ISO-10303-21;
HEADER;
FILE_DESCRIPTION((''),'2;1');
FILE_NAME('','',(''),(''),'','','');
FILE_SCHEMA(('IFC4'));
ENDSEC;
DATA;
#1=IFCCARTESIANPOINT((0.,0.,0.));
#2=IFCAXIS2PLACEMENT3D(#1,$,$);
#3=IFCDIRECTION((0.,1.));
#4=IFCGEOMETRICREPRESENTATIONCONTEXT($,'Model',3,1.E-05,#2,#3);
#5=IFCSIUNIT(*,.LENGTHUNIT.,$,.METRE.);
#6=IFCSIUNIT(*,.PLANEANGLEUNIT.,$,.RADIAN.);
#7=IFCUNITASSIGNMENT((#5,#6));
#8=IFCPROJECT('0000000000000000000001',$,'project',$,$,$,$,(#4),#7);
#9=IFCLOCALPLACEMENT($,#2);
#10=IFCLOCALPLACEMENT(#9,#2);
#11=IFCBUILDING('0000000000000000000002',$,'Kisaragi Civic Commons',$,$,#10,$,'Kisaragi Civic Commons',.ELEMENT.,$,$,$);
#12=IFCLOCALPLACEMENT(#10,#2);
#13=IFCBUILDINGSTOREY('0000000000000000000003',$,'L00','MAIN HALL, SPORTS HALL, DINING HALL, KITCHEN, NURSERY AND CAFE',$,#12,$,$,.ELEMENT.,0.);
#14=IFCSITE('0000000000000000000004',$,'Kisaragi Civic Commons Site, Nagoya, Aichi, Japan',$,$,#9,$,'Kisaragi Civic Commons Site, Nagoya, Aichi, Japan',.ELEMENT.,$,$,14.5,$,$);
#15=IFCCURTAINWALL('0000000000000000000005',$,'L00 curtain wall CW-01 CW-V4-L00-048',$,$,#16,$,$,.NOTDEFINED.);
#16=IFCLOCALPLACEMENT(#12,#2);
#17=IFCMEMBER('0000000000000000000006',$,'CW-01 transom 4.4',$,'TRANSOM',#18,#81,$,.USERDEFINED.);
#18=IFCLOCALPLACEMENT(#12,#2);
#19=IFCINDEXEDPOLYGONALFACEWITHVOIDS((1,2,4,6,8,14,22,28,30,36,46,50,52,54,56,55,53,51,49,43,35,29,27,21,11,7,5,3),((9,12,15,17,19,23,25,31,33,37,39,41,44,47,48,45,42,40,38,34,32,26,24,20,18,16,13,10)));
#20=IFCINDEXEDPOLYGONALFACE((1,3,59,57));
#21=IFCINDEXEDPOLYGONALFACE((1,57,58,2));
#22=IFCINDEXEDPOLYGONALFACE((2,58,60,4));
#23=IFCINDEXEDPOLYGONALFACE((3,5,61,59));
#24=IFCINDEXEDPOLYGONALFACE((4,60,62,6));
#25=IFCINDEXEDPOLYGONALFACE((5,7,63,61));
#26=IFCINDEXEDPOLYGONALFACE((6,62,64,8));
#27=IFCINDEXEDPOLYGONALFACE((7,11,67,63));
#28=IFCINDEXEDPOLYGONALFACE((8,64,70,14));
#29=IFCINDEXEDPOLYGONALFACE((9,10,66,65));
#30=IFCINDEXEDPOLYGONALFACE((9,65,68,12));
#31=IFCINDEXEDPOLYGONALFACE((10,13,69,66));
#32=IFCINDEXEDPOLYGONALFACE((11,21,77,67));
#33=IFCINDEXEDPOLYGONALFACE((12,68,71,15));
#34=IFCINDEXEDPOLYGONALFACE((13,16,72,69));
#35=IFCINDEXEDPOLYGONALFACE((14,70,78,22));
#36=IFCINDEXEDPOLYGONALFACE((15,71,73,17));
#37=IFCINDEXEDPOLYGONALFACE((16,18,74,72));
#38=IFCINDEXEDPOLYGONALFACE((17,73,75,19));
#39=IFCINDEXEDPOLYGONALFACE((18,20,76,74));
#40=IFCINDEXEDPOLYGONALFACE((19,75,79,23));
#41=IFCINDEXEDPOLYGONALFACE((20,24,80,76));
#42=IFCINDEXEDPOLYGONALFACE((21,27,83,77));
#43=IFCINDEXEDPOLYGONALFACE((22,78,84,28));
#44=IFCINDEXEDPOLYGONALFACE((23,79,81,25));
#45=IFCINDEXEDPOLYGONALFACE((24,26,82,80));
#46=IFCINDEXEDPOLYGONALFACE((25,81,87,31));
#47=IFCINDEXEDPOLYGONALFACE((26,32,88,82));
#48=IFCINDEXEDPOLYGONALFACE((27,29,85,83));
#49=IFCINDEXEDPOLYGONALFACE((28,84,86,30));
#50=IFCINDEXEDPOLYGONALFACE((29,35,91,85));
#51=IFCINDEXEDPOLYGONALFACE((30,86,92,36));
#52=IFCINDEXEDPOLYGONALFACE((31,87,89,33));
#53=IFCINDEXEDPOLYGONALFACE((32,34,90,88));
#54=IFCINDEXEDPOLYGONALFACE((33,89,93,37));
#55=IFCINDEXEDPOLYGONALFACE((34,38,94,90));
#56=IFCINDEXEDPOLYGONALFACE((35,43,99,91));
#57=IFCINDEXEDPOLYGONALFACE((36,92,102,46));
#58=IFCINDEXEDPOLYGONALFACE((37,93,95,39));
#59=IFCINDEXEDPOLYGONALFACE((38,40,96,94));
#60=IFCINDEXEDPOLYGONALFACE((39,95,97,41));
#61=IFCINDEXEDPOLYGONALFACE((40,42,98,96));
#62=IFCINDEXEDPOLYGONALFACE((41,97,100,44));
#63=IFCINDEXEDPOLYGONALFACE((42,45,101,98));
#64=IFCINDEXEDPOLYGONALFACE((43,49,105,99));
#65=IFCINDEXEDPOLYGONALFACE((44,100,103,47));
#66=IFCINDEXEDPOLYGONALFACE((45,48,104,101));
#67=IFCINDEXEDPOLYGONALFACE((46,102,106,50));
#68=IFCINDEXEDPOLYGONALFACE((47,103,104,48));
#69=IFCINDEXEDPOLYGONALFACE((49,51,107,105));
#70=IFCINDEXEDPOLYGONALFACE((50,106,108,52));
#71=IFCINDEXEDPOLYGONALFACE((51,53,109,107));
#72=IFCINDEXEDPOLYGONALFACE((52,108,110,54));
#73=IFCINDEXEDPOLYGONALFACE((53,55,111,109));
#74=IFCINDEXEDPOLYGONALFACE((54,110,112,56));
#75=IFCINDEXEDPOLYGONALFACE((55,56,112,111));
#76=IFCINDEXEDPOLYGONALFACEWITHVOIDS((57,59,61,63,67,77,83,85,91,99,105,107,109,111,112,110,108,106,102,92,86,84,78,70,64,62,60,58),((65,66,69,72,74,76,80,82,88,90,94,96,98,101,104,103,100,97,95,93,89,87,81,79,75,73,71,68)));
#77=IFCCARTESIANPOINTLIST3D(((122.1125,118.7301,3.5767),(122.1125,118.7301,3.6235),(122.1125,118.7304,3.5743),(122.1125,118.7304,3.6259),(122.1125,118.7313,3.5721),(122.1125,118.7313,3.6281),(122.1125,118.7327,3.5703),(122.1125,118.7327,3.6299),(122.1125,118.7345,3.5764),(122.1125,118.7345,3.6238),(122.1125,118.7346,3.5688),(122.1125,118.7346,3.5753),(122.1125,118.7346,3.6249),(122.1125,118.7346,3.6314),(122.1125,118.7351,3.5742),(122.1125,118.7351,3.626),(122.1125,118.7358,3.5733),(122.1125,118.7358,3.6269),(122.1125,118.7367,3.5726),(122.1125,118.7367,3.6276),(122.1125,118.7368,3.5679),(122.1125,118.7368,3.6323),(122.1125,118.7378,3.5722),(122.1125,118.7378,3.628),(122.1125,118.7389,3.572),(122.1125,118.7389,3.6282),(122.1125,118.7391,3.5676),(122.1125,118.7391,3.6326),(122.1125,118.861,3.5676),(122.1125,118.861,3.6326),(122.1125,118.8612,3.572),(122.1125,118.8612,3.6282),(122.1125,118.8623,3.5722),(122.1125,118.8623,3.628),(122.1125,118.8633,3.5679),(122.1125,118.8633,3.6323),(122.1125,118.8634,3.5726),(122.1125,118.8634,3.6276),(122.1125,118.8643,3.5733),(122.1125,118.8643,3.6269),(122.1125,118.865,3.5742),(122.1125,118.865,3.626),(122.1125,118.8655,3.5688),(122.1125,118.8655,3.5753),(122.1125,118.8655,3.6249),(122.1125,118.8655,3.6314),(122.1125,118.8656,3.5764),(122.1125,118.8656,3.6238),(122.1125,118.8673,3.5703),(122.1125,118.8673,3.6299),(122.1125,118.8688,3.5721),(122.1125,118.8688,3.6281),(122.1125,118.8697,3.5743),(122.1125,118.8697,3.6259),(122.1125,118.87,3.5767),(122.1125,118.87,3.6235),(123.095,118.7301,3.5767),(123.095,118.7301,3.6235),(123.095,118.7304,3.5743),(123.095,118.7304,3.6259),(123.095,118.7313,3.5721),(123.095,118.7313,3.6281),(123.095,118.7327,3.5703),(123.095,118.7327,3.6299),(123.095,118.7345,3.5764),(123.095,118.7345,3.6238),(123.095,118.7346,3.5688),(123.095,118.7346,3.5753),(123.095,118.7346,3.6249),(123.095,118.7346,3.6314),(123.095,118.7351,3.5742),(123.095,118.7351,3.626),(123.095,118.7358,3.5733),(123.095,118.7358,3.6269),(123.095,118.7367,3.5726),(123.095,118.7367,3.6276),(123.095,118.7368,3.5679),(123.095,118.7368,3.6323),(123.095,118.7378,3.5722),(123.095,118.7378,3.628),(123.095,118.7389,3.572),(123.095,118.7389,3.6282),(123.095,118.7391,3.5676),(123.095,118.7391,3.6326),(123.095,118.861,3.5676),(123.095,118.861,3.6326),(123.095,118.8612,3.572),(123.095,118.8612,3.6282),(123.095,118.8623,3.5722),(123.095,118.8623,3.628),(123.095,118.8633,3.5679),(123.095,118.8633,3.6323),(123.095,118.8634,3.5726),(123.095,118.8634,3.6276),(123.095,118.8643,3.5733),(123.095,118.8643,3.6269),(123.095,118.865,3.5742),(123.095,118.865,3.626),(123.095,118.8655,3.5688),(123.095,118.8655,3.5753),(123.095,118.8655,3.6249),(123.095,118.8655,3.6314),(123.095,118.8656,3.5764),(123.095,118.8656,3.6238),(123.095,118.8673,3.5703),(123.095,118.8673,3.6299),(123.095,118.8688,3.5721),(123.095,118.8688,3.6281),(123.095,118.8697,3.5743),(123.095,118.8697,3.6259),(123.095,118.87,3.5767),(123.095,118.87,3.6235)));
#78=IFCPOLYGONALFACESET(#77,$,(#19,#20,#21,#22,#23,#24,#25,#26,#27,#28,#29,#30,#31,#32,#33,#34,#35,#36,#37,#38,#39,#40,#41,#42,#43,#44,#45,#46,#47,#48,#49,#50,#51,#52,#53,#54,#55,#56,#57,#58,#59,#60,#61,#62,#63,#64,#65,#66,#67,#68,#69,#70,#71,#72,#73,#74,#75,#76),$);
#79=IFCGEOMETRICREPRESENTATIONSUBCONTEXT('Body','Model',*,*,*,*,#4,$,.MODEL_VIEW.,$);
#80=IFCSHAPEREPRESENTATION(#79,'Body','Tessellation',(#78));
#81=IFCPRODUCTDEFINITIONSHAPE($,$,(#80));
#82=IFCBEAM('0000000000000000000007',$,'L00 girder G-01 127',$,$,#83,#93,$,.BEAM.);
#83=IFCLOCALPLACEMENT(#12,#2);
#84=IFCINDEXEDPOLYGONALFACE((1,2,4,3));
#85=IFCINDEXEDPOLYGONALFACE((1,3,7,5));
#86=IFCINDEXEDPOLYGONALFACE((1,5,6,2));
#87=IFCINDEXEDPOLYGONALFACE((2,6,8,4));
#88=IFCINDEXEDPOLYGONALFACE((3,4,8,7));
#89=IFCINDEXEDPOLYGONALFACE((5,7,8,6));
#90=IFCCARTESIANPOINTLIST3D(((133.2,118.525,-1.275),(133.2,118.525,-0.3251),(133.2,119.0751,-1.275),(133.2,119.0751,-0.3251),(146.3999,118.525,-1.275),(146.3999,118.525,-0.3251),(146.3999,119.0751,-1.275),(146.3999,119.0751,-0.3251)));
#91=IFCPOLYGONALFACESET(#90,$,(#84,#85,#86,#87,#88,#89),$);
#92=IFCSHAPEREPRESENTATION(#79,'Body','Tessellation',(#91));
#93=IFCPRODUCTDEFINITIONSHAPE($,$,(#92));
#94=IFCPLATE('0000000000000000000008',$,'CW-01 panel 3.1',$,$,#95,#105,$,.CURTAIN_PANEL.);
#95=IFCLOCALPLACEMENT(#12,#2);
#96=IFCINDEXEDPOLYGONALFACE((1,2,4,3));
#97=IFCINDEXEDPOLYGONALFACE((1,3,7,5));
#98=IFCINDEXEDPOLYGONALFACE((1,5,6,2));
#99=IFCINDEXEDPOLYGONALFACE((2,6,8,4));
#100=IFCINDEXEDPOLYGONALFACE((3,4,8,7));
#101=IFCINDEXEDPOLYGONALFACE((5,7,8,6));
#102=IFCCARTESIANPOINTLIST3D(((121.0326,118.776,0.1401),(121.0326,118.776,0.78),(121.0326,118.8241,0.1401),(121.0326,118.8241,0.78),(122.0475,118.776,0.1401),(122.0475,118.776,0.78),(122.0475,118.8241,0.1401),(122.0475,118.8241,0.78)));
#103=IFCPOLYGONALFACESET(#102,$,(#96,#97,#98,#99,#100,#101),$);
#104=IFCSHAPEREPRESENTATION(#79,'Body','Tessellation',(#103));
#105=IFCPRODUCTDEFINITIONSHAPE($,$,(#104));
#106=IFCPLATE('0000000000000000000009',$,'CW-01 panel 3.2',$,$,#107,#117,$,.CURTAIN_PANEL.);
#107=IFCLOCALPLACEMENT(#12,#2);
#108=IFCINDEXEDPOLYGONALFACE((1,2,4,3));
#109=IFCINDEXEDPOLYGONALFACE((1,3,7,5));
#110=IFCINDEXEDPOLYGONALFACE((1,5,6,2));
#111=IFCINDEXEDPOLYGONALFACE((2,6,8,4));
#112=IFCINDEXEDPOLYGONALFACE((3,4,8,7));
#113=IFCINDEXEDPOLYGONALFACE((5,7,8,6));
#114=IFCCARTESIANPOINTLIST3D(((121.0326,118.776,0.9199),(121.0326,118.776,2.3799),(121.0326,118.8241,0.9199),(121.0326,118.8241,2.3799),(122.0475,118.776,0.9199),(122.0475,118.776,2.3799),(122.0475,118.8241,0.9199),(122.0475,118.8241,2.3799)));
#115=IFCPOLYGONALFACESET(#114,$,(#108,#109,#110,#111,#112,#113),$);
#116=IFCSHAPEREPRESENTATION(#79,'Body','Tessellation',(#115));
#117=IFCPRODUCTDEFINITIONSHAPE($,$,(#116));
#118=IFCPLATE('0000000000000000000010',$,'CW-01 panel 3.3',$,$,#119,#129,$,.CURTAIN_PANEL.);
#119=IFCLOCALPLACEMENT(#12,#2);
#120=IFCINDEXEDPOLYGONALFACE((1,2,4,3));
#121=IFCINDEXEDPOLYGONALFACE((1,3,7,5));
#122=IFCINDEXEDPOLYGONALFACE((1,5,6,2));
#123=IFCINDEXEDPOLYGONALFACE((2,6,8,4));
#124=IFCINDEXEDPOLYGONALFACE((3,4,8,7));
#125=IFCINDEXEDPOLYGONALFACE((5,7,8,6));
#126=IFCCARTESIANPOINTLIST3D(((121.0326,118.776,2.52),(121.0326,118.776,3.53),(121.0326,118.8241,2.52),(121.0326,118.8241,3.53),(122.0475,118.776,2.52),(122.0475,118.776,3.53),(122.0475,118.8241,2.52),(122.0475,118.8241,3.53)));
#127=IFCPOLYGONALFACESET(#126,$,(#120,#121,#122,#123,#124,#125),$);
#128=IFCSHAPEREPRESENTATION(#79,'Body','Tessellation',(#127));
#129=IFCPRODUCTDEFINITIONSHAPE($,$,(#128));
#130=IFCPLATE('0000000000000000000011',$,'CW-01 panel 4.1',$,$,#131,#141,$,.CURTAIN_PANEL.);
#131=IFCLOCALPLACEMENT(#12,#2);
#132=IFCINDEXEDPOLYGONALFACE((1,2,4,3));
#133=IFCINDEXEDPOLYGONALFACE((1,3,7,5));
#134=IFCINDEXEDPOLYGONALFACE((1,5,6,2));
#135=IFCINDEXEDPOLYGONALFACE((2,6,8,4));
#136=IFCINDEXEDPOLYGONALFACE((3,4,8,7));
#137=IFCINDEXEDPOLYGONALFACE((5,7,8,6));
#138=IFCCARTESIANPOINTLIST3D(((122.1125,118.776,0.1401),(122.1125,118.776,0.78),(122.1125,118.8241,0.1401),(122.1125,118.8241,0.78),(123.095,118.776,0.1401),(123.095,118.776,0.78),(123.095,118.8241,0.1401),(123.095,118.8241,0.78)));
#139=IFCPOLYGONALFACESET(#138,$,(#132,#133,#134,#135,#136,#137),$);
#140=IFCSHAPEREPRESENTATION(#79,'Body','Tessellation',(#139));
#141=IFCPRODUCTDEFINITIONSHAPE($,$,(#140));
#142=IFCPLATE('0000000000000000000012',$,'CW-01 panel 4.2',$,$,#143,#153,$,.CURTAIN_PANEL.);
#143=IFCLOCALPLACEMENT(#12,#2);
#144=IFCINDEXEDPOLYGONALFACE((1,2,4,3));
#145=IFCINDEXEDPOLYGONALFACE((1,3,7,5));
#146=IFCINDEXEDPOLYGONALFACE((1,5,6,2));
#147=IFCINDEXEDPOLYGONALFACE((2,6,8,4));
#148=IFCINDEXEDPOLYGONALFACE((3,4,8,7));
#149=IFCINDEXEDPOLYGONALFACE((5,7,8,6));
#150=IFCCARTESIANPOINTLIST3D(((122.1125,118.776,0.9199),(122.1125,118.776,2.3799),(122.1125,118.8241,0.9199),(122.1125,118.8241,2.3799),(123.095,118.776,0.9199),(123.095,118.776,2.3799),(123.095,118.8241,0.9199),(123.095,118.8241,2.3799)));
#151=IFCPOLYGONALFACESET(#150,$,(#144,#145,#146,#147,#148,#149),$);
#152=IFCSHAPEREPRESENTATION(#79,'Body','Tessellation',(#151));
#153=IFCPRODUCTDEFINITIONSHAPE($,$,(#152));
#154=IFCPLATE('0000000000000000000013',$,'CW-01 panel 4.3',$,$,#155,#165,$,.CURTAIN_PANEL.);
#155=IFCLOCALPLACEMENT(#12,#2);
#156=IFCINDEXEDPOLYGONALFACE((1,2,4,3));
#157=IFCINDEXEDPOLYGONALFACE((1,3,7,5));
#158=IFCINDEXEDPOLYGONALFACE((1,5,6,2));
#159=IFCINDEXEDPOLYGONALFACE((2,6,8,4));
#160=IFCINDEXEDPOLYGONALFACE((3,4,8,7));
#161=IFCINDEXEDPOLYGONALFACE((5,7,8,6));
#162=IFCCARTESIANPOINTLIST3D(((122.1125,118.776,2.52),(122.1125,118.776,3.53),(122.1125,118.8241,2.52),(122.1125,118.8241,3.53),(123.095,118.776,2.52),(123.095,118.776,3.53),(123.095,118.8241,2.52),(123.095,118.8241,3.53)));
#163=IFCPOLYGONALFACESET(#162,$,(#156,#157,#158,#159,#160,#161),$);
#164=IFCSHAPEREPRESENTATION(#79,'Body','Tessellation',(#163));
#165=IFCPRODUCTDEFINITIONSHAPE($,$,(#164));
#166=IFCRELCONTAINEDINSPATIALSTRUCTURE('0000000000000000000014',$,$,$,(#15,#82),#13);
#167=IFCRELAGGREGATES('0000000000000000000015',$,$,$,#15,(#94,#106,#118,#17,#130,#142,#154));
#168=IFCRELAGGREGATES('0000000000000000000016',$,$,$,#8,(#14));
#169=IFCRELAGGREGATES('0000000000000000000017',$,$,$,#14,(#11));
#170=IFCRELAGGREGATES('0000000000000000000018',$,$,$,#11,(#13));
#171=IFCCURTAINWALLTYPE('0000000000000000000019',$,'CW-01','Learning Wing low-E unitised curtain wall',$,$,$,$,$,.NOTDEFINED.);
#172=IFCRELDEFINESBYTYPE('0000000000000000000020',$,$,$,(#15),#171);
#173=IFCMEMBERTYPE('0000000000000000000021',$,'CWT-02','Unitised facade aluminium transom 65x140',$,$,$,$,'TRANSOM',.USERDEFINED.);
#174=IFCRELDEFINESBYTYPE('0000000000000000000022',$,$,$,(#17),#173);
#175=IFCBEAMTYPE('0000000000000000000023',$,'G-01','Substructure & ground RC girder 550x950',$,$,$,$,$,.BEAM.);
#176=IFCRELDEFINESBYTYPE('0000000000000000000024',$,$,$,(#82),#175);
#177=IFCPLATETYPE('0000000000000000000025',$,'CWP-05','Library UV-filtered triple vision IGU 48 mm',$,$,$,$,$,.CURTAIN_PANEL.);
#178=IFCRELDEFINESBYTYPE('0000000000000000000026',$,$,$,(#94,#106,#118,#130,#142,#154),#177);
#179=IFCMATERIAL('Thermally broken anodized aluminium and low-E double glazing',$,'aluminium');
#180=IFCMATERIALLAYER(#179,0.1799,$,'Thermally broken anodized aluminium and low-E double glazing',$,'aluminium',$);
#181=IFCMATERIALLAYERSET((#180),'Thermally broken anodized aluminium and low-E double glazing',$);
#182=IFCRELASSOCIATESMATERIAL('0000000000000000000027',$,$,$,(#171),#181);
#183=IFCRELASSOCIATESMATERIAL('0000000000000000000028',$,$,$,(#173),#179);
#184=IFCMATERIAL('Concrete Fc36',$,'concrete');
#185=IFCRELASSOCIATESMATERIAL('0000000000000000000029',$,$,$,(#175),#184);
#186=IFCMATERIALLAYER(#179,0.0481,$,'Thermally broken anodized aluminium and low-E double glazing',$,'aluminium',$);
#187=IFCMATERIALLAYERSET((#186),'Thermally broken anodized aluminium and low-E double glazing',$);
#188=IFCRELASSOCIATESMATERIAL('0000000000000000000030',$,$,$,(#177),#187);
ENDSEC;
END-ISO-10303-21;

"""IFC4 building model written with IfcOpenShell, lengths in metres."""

from ifc_helpers import new_model, si_unit, direction, frame, origin, origin_2d, place, context, subcontext, project, spatial, rectangle, hollow_rectangle, extrude, material, layer, layer_set, material_profile, profile_set, type_object, element, aggregate, save


model = new_model("IFC4")

# Units and contexts
model_context = context("Model", 3, precision=1e-05, world=origin(), true_north=direction((0.0, 1.0)))
body_context = subcontext(model_context, "Body", "Model", "MODEL_VIEW")
ifc_project = project(units=[si_unit("LENGTHUNIT", "METRE"), si_unit("PLANEANGLEUNIT", "RADIAN")], contexts=[model_context])

# Site, building, storey
site_placement = place(None, origin())
site = spatial("IfcSite", under=ifc_project, at=site_placement, Name="Kisaragi Civic Commons Site, Nagoya, Aichi, Japan", LongName="Kisaragi Civic Commons Site, Nagoya, Aichi, Japan", CompositionType="ELEMENT", RefElevation=14.5)
building_placement = place(site_placement, origin())
building = spatial("IfcBuilding", under=site, at=building_placement, Name="Kisaragi Civic Commons", LongName="Kisaragi Civic Commons", CompositionType="ELEMENT")
storey_placement = place(building_placement, origin())
storey = spatial("IfcBuildingStorey", under=building, at=storey_placement, Name="L00", Description="MAIN HALL, SPORTS HALL, DINING HALL, KITCHEN, NURSERY AND CAFE", CompositionType="ELEMENT", Elevation=0.0)

# Shared definitions
ifc_material_1 = material(Name="Concrete Fc36", Category="concrete")

# Curtain wall, member
ifc_material_2 = material(Name="Thermally broken anodized aluminium and low-E double glazing", Category="aluminium")
ifc_layer_1 = layer(ifc_material_2, 0.1799, Name="Thermally broken anodized aluminium and low-E double glazing", Category="aluminium")
ifc_layer_set_1 = layer_set([ifc_layer_1], Name="Thermally broken anodized aluminium and low-E double glazing")
curtain_wall_type = type_object("IfcCurtainWallType", Name="CW-01", Description="Learning Wing low-E unitised curtain wall", PredefinedType="NOTDEFINED", material=ifc_layer_set_1)
curtain_wall_placement = place(storey_placement, origin())
curtain_wall = element("IfcCurtainWall", 1, at=curtain_wall_placement, inside=storey, type_object=curtain_wall_type, Name="L00 curtain wall CW-01 CW-V4-L00-048", PredefinedType="NOTDEFINED")
ifc_material_profile_1 = material_profile(ifc_material_2, hollow_rectangle(XDim=0.1399, YDim=0.0649, WallThickness=0.0044, InnerFilletRadius=0.0044, OuterFilletRadius=0.009, at=origin_2d()), Name="CWT-65x140x4.5", Category="aluminium")
ifc_profile_set_1 = profile_set([ifc_material_profile_1], Name="Thermally broken anodized aluminium and low-E double glazing")
member_type_1 = type_object("IfcMemberType", Name="CWT-02", Description="Unitised facade aluminium transom 65x140", ElementType="TRANSOM", PredefinedType="USERDEFINED", material=ifc_profile_set_1)
member_1_placement = place(storey_placement, frame((122.1125, 118.8, 3.6001), z_axis=(1.0, 0.0, 0.0), x_axis=(0.0, 1.0, 0.0)))
member_1 = element("IfcMember", 2, at=member_1_placement, type_object=member_type_1, Name="CW-01 transom 4.4", ObjectType="TRANSOM", PredefinedType="USERDEFINED", context=body_context, shape_type="SweptSolid", body=[
    extrude(hollow_rectangle(XDim=0.1399, YDim=0.0649, WallThickness=0.0044, InnerFilletRadius=0.0044, OuterFilletRadius=0.009, at=origin_2d()), origin(), (0.0, 0.0, 1.0), 0.9824),
])

# Beam
ifc_material_profile_2 = material_profile(ifc_material_1, rectangle(XDim=0.55, YDim=0.95, at=origin_2d()), Name="RC-550x950", Category="concrete")
ifc_profile_set_2 = profile_set([ifc_material_profile_2], Name="Concrete Fc36")
beam_type = type_object("IfcBeamType", Name="G-01", Description="Substructure & ground RC girder 550x950", PredefinedType="BEAM", material=ifc_profile_set_2)
beam_placement = place(storey_placement, frame((133.2, 118.8, -0.8), z_axis=(1.0, 0.0, 0.0), x_axis=(0.0, 1.0, 0.0)))
element("IfcBeam", 3, at=beam_placement, inside=storey, type_object=beam_type, Name="L00 girder G-01 127", PredefinedType="BEAM", context=body_context, shape_type="SweptSolid", body=[
    extrude(rectangle(XDim=0.55, YDim=0.95, at=origin_2d()), origin(), (0.0, 0.0, 1.0), 13.2),
])

# Plates
ifc_layer_2 = layer(ifc_material_2, 0.0481, Name="Thermally broken anodized aluminium and low-E double glazing", Category="aluminium")
ifc_layer_set_2 = layer_set([ifc_layer_2], Name="Thermally broken anodized aluminium and low-E double glazing")
plate_type = type_object("IfcPlateType", Name="CWP-05", Description="Library UV-filtered triple vision IGU 48 mm", PredefinedType="CURTAIN_PANEL", material=ifc_layer_set_2)
plate_1_placement = place(storey_placement, frame((121.54, 118.8, 0.1401), z_axis=(0.0, 0.0, 1.0), x_axis=(1.0, 0.0, 0.0)))
plate_1 = element("IfcPlate", 4, at=plate_1_placement, type_object=plate_type, Name="CW-01 panel 3.1", PredefinedType="CURTAIN_PANEL", context=body_context, shape_type="SweptSolid", body=[
    extrude(rectangle(XDim=1.0149, YDim=0.0481, at=origin_2d()), origin(), (0.0, 0.0, 1.0), 0.6399),
])
plate_2_placement = place(storey_placement, frame((121.54, 118.8, 0.9199), z_axis=(0.0, 0.0, 1.0), x_axis=(1.0, 0.0, 0.0)))
plate_2 = element("IfcPlate", 5, at=plate_2_placement, type_object=plate_type, Name="CW-01 panel 3.2", PredefinedType="CURTAIN_PANEL", context=body_context, shape_type="SweptSolid", body=[
    extrude(rectangle(XDim=1.0149, YDim=0.0481, at=origin_2d()), origin(), (0.0, 0.0, 1.0), 1.46),
])
plate_3_placement = place(storey_placement, frame((121.54, 118.8, 2.52), z_axis=(0.0, 0.0, 1.0), x_axis=(1.0, 0.0, 0.0)))
plate_3 = element("IfcPlate", 6, at=plate_3_placement, type_object=plate_type, Name="CW-01 panel 3.3", PredefinedType="CURTAIN_PANEL", context=body_context, shape_type="SweptSolid", body=[
    extrude(rectangle(XDim=1.0149, YDim=0.0481, at=origin_2d()), origin(), (0.0, 0.0, 1.0), 1.01),
])
plate_4_placement = place(storey_placement, frame((122.6038, 118.8, 0.1401), z_axis=(0.0, 0.0, 1.0), x_axis=(1.0, 0.0, 0.0)))
plate_4 = element("IfcPlate", 7, at=plate_4_placement, type_object=plate_type, Name="CW-01 panel 4.1", PredefinedType="CURTAIN_PANEL", context=body_context, shape_type="SweptSolid", body=[
    extrude(rectangle(XDim=0.9824, YDim=0.0481, at=origin_2d()), origin(), (0.0, 0.0, 1.0), 0.6399),
])
plate_5_placement = place(storey_placement, frame((122.6038, 118.8, 0.9199), z_axis=(0.0, 0.0, 1.0), x_axis=(1.0, 0.0, 0.0)))
plate_5 = element("IfcPlate", 8, at=plate_5_placement, type_object=plate_type, Name="CW-01 panel 4.2", PredefinedType="CURTAIN_PANEL", context=body_context, shape_type="SweptSolid", body=[
    extrude(rectangle(XDim=0.9824, YDim=0.0481, at=origin_2d()), origin(), (0.0, 0.0, 1.0), 1.46),
])
plate_6_placement = place(storey_placement, frame((122.6038, 118.8, 2.52), z_axis=(0.0, 0.0, 1.0), x_axis=(1.0, 0.0, 0.0)))
plate_6 = element("IfcPlate", 9, at=plate_6_placement, type_object=plate_type, Name="CW-01 panel 4.3", PredefinedType="CURTAIN_PANEL", context=body_context, shape_type="SweptSolid", body=[
    extrude(rectangle(XDim=0.9824, YDim=0.0481, at=origin_2d()), origin(), (0.0, 0.0, 1.0), 1.01),
])
aggregate(curtain_wall, [plate_1, plate_2, plate_3, member_1, plate_4, plate_5, plate_6])

save(model, "model.ifc")
